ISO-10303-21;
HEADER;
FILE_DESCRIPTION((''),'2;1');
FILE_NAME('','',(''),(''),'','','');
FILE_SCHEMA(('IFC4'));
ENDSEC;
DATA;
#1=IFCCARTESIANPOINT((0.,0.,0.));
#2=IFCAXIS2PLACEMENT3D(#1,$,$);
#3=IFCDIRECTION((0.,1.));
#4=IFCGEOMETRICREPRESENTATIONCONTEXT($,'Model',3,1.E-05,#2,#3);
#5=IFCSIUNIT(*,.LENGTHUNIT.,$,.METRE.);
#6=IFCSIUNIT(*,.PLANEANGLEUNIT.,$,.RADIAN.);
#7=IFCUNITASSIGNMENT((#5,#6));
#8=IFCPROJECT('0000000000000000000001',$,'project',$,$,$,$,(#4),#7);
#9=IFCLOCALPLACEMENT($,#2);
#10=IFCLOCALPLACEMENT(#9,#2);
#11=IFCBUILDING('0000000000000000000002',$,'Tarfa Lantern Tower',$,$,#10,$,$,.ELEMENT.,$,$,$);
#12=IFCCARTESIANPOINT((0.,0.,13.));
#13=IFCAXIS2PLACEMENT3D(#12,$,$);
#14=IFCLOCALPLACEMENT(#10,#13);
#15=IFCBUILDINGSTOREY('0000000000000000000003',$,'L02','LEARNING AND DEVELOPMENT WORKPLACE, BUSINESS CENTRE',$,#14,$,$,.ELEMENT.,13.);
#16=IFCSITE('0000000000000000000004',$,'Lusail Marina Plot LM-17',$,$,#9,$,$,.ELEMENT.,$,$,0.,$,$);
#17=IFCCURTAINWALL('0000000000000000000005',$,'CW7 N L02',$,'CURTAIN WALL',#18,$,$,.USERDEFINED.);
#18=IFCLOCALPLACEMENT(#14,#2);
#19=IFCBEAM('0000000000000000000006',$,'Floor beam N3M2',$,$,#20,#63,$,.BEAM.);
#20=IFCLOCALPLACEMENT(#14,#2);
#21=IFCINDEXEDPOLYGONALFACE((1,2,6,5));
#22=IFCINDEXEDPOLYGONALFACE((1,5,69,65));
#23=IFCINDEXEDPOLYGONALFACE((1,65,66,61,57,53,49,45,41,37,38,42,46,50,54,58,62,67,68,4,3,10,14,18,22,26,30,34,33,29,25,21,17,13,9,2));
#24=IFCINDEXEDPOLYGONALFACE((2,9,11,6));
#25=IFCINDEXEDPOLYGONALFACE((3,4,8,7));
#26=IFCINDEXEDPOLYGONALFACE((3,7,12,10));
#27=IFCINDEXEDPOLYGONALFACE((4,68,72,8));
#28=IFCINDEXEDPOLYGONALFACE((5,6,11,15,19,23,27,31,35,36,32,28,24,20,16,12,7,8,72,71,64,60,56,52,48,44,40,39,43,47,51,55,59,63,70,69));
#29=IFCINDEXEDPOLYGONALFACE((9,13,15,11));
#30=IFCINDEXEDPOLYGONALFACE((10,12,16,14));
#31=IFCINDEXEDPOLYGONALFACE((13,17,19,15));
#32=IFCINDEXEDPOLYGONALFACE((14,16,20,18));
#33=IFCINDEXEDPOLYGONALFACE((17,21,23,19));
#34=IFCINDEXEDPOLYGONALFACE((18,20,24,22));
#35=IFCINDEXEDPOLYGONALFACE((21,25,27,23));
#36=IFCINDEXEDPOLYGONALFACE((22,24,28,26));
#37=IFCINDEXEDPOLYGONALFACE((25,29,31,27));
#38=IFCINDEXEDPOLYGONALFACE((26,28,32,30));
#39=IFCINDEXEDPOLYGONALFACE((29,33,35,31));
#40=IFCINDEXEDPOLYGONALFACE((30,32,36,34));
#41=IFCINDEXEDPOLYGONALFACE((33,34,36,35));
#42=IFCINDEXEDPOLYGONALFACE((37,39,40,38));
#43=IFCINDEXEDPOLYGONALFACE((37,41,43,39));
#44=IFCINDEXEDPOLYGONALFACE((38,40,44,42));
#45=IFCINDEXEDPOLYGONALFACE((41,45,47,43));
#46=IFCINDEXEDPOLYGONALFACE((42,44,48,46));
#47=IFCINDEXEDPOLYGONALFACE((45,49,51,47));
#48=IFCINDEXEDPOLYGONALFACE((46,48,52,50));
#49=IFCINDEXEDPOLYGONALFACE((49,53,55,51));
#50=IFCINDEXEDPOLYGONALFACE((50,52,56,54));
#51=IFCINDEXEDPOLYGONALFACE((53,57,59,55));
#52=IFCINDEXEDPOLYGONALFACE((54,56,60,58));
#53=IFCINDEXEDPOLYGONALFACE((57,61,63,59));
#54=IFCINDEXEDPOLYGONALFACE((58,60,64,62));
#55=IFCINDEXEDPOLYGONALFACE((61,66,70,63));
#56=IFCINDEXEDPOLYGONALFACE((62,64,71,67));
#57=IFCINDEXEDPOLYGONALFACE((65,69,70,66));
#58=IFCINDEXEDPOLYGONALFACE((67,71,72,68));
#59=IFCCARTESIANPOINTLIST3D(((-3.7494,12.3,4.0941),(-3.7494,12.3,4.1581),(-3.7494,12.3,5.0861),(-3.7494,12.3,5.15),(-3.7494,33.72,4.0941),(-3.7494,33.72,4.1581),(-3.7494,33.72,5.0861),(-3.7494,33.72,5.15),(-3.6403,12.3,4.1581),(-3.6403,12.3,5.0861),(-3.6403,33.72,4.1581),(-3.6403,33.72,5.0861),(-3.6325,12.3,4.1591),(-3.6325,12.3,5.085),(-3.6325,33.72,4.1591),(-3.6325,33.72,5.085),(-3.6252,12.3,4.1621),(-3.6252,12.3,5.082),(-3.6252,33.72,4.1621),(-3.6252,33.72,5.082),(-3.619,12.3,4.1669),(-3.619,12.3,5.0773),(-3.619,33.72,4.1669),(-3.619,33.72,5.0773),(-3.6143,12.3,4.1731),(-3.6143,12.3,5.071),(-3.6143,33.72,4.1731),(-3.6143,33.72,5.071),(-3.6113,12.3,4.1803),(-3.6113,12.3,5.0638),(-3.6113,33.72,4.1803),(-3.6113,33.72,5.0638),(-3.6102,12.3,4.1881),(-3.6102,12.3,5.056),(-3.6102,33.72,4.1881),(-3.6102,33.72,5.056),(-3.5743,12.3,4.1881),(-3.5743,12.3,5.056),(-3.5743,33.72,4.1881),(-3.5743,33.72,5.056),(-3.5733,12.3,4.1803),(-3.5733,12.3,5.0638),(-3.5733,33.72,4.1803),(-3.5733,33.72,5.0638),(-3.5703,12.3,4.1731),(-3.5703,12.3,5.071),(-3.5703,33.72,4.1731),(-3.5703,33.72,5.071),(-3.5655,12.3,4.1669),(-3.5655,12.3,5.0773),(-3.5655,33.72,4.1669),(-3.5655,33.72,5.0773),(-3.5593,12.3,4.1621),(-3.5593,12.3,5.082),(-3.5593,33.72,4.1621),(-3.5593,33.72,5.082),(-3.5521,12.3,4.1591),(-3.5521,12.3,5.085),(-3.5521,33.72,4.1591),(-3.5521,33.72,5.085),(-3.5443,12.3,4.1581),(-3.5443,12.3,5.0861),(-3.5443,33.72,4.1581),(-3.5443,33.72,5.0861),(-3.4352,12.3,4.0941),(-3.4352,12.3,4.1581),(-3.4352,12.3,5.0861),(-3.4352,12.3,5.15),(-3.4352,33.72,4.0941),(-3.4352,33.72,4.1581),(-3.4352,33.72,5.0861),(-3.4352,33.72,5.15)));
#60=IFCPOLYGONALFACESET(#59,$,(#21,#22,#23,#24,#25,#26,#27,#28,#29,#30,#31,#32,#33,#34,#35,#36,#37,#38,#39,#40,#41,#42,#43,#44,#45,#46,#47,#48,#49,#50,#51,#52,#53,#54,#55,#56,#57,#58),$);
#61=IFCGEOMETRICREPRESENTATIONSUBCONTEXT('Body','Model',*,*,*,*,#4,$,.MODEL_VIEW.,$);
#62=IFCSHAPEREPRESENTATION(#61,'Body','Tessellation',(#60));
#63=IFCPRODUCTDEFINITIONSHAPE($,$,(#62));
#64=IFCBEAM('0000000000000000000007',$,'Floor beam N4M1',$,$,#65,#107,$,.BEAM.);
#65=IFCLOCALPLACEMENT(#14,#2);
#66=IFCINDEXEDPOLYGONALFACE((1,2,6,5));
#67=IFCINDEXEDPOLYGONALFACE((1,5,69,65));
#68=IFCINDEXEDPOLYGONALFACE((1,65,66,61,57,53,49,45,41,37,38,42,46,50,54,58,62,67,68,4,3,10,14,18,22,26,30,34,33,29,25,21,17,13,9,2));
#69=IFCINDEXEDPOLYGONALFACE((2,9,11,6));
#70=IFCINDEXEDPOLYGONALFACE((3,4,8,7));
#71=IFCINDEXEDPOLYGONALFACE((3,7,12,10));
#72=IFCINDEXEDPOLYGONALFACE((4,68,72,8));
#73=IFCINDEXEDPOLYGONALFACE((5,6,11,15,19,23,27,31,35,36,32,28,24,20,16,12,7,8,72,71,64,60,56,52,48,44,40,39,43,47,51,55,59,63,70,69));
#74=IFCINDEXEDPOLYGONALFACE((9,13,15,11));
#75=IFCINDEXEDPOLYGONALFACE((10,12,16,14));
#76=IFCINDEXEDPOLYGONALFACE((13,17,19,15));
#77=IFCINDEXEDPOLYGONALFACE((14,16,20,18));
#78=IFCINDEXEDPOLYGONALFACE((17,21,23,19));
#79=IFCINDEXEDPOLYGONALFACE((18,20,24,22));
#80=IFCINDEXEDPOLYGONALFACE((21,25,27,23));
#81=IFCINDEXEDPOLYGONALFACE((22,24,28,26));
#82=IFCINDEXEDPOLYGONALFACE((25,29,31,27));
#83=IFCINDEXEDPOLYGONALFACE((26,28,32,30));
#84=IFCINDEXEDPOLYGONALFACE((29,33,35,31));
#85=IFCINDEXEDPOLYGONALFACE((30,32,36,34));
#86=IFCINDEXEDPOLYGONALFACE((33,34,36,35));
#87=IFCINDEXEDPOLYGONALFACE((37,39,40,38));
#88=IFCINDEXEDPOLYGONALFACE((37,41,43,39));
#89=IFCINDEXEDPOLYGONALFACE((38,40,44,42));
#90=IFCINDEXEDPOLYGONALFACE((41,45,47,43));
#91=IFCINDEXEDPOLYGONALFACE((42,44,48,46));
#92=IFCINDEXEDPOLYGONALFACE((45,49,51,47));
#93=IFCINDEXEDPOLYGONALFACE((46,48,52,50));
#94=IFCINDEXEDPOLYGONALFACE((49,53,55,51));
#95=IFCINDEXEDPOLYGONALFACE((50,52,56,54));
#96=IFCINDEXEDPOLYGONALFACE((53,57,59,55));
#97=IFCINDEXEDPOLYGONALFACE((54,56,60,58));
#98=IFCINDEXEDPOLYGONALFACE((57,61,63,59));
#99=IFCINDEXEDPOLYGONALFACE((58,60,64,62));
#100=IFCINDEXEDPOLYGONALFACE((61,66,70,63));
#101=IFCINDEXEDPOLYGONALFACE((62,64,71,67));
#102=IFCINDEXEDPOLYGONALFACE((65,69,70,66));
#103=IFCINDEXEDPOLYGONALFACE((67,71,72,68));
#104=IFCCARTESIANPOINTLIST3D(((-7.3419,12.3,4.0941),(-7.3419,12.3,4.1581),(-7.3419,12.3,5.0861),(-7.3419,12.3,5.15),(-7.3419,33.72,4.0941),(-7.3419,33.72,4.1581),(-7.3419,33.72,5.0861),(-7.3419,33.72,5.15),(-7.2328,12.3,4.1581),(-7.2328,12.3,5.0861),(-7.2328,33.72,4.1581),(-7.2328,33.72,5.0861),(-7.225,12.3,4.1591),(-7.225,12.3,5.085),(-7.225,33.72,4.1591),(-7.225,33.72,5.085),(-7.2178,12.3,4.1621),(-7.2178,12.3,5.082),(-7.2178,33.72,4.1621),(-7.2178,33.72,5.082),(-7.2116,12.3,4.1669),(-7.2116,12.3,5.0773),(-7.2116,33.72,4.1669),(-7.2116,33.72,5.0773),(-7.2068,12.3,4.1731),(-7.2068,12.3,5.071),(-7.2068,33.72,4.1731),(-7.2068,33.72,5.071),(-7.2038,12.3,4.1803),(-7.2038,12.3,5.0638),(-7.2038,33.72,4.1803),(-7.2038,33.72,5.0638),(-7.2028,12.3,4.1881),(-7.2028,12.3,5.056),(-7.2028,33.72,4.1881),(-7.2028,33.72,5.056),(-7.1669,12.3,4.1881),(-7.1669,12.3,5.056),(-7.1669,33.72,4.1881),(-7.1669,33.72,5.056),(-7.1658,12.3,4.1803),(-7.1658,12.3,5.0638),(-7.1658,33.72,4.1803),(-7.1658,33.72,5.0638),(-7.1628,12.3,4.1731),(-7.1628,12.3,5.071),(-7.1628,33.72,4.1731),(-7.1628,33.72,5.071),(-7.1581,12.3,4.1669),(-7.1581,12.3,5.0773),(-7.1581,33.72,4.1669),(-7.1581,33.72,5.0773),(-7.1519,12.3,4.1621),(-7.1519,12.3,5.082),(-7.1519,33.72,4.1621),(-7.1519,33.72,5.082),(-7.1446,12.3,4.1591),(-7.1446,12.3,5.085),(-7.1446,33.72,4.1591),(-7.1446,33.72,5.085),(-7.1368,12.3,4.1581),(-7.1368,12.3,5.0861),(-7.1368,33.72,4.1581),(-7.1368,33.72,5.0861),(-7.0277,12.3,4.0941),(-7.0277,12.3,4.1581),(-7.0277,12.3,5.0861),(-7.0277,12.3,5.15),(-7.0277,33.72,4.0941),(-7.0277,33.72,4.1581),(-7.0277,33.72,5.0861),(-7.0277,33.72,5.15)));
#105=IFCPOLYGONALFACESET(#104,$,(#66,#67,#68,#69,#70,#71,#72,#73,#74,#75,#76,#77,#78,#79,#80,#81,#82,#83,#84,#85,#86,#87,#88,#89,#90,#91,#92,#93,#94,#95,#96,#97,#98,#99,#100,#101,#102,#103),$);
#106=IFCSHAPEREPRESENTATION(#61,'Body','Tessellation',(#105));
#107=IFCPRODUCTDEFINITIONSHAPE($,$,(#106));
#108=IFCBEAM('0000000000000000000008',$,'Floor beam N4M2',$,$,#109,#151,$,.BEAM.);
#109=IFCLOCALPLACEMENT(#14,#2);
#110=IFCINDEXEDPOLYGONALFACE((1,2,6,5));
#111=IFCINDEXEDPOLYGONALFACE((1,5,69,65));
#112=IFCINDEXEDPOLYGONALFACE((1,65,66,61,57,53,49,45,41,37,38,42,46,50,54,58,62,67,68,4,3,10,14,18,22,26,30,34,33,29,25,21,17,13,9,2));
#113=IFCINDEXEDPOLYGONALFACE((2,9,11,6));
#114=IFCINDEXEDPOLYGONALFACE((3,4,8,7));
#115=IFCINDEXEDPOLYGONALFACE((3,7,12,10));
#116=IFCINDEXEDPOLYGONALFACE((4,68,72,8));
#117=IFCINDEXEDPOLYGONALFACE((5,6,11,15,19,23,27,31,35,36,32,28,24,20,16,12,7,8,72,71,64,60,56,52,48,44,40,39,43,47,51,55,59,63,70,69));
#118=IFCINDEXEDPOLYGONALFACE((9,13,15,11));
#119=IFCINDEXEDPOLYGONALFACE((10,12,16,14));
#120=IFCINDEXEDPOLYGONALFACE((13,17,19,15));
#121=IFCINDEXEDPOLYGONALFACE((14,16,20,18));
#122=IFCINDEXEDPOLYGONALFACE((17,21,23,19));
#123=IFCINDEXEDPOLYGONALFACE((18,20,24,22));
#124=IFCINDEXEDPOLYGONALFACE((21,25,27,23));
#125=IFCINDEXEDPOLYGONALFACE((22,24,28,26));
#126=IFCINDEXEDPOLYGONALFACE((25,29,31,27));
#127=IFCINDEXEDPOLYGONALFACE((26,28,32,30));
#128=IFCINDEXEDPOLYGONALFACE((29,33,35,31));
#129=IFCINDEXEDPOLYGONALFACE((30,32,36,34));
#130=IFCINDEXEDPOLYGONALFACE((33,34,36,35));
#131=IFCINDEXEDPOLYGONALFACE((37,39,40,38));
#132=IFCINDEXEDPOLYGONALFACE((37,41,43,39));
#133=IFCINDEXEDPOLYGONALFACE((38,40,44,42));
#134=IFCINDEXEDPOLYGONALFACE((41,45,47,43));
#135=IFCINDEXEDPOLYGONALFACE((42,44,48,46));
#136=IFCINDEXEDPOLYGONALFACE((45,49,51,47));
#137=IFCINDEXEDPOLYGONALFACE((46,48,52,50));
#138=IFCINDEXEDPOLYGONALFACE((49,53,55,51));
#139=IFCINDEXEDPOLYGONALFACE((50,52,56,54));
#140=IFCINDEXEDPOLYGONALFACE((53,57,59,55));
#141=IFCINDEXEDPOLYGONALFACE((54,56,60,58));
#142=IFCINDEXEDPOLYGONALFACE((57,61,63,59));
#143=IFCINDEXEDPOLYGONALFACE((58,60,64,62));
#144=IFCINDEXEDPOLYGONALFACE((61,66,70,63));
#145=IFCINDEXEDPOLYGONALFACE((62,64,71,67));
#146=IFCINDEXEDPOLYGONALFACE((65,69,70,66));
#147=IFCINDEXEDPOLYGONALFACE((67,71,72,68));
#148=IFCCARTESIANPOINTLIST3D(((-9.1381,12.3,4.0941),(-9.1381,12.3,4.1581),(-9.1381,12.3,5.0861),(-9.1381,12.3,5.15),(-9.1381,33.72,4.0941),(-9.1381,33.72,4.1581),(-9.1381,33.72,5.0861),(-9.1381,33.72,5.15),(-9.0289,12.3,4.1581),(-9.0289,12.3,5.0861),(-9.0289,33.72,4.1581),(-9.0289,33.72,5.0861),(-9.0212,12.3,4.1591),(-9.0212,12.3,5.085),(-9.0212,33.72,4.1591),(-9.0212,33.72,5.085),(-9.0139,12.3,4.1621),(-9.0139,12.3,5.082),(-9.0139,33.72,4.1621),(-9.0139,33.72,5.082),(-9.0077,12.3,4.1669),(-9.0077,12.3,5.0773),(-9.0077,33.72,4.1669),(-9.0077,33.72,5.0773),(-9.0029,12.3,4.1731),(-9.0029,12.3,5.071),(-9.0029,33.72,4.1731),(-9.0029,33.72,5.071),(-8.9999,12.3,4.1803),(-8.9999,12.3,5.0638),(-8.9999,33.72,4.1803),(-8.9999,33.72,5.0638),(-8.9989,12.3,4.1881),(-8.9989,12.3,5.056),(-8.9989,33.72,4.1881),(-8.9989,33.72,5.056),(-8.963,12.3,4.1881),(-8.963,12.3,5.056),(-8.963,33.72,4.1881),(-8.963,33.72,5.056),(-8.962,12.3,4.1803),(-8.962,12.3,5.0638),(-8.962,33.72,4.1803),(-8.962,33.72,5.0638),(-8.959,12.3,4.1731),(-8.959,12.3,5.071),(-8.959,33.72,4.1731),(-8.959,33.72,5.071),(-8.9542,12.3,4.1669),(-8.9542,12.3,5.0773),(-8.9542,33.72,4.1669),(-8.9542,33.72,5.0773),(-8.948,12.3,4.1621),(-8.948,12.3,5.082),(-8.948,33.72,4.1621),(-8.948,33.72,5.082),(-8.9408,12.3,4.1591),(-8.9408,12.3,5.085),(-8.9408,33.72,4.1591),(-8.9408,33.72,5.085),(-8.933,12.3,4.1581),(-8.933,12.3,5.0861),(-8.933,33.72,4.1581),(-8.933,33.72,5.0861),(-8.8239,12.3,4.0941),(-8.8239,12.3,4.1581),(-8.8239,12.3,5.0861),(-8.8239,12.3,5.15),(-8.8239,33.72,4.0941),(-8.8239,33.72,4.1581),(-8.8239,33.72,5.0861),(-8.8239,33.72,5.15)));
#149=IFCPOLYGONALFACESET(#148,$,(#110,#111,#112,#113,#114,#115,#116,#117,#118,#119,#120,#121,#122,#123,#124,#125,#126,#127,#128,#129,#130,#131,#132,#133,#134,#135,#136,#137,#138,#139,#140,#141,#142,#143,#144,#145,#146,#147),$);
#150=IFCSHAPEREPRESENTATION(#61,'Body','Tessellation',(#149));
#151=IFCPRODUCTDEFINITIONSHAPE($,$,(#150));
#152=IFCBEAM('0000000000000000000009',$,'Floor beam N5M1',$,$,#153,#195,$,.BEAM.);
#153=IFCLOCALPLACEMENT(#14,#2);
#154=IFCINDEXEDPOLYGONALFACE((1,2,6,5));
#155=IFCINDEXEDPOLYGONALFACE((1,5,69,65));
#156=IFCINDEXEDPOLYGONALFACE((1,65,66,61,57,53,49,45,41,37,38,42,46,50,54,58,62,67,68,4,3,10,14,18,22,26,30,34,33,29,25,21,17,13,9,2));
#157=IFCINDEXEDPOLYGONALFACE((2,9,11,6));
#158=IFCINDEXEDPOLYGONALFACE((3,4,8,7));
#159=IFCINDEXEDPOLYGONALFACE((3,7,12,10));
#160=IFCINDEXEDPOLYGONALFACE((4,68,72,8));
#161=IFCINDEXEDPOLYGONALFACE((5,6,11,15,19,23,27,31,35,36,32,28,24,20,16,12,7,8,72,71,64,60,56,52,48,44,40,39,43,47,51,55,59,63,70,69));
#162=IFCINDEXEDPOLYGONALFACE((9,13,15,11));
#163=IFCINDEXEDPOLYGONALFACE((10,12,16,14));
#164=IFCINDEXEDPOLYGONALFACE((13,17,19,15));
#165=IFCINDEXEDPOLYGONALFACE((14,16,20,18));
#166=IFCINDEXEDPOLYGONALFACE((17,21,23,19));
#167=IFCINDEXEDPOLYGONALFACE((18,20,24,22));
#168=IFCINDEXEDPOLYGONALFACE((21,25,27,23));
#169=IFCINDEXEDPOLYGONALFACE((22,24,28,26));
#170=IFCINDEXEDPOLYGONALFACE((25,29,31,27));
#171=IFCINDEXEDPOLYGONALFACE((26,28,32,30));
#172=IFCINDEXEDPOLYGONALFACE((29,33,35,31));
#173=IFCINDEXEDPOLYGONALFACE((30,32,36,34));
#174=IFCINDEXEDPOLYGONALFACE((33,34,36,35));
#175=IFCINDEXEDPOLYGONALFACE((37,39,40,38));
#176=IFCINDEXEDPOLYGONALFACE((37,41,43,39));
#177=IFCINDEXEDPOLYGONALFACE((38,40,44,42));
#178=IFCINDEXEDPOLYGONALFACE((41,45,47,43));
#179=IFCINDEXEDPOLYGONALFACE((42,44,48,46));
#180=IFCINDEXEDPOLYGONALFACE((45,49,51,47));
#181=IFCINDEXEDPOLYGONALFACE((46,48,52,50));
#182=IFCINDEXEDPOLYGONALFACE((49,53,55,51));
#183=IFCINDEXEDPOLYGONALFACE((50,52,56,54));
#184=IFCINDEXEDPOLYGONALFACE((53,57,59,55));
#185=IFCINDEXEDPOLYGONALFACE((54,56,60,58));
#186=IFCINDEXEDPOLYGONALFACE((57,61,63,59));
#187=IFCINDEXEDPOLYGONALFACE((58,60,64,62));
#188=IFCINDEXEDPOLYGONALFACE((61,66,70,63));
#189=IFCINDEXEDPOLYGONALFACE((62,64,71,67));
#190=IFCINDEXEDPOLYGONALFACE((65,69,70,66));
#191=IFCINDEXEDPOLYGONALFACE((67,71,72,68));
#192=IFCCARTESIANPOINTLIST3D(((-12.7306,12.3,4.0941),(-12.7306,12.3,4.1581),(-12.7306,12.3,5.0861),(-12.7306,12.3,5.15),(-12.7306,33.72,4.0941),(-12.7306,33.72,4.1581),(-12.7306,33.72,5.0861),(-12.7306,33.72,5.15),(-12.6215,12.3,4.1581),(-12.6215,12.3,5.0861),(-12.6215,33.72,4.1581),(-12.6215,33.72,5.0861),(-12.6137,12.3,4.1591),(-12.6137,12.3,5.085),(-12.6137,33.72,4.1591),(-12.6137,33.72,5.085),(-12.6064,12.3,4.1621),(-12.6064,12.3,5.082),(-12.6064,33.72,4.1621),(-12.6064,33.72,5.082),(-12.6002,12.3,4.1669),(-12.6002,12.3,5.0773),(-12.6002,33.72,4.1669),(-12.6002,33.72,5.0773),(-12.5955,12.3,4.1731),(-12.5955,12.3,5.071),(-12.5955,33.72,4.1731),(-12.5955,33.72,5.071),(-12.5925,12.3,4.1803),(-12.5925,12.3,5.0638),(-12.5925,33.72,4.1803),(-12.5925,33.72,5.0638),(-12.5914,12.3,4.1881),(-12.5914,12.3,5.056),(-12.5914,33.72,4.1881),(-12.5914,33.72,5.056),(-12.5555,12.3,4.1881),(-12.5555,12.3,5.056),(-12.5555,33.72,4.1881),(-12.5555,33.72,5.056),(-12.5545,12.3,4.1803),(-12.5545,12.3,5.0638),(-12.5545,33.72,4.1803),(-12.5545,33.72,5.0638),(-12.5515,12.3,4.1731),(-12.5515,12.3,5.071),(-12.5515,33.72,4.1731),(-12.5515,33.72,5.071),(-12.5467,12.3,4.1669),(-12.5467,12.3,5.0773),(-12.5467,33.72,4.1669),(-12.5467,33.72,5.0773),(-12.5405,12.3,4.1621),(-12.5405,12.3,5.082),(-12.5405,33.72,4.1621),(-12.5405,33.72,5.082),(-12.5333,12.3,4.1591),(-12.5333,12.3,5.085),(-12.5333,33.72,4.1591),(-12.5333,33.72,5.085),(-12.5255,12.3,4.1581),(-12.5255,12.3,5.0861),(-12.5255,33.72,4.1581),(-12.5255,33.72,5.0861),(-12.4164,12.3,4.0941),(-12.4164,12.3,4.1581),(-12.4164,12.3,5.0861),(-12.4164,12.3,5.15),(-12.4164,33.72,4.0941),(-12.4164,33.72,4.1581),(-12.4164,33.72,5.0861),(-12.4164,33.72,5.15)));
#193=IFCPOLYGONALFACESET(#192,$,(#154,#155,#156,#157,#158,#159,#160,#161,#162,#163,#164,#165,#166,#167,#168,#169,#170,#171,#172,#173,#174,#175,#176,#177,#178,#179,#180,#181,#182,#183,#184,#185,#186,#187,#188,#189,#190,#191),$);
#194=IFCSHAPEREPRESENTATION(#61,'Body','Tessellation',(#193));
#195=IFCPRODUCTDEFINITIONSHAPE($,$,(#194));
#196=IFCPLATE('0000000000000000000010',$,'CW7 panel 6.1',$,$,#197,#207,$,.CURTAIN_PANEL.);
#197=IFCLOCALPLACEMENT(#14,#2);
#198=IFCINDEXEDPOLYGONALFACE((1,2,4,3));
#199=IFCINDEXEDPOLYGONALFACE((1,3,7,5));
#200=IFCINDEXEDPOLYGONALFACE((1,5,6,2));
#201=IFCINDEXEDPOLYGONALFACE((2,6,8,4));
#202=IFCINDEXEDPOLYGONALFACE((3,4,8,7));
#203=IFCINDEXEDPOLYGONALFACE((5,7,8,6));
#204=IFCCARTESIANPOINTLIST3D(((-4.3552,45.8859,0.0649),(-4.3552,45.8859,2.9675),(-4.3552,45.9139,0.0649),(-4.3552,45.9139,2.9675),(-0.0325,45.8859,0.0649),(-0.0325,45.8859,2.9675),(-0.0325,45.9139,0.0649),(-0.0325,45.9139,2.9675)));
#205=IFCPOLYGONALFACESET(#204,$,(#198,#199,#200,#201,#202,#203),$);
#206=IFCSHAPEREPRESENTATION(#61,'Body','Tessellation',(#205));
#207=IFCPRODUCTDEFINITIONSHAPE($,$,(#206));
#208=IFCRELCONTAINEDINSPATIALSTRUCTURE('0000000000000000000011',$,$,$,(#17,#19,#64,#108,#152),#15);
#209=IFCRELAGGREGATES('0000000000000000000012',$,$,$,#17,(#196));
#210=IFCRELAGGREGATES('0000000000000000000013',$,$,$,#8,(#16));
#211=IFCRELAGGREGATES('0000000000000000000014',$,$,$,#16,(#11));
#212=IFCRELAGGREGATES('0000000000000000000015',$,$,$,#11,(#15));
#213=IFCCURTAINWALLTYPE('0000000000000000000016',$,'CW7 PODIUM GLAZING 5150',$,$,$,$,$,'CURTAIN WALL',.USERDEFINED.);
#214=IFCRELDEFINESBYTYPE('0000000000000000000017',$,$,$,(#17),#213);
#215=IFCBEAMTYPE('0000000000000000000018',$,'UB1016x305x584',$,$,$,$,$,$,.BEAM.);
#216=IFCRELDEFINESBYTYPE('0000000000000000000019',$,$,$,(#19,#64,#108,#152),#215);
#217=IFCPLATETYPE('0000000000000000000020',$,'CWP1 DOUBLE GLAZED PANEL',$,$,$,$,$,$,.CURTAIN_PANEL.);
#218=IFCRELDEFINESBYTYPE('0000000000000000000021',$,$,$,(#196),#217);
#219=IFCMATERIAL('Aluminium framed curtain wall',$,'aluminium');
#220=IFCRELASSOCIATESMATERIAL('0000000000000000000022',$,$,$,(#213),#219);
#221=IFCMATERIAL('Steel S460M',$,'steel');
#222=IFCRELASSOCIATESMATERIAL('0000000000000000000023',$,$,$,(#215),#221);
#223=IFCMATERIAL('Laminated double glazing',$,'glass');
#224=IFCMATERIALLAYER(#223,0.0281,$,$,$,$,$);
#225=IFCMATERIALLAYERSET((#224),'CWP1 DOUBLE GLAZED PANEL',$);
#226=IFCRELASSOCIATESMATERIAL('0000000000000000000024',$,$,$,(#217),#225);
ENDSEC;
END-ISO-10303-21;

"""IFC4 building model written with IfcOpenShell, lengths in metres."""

from ifc_helpers import new_model, si_unit, direction, frame, origin, origin_2d, place, context, subcontext, project, spatial, rectangle, i_section, extrude, material, layer, layer_set, material_profile, profile_set, type_object, element, aggregate, save


model = new_model("IFC4")

# Units and contexts
model_context = context("Model", 3, precision=1e-05, world=origin(), true_north=direction((0.0, 1.0)))
body_context = subcontext(model_context, "Body", "Model", "MODEL_VIEW")
ifc_project = project(units=[si_unit("LENGTHUNIT", "METRE"), si_unit("PLANEANGLEUNIT", "RADIAN")], contexts=[model_context])

# Site, building, storey
site_placement = place(None, origin())
site = spatial("IfcSite", under=ifc_project, at=site_placement, Name="Lusail Marina Plot LM-17", CompositionType="ELEMENT", RefElevation=0.0)
building_placement = place(site_placement, origin())
building = spatial("IfcBuilding", under=site, at=building_placement, Name="Tarfa Lantern Tower", CompositionType="ELEMENT")
storey_placement = place(building_placement, frame((0.0, 0.0, 13.0)))
storey = spatial("IfcBuildingStorey", under=building, at=storey_placement, Name="L02", Description="LEARNING AND DEVELOPMENT WORKPLACE, BUSINESS CENTRE", CompositionType="ELEMENT", Elevation=13.0)

# Curtain wall
ifc_material_1 = material(Name="Aluminium framed curtain wall", Category="aluminium")
curtain_wall_type = type_object("IfcCurtainWallType", Name="CW7 PODIUM GLAZING 5150", ElementType="CURTAIN WALL", PredefinedType="USERDEFINED", material=ifc_material_1)
curtain_wall_placement = place(storey_placement, origin())
curtain_wall = element("IfcCurtainWall", 1, at=curtain_wall_placement, inside=storey, type_object=curtain_wall_type, Name="CW7 N L02", ObjectType="CURTAIN WALL", PredefinedType="USERDEFINED")

# Beams
ifc_material_2 = material(Name="Steel S460M", Category="steel")
ifc_material_profile_1 = material_profile(ifc_material_2, i_section(OverallWidth=0.3142, OverallDepth=1.0559, WebThickness=0.0359, FlangeThickness=0.064, FilletRadius=0.03, at=origin_2d()), Name="UB1016x305x584")
ifc_profile_set_1 = profile_set([ifc_material_profile_1], Name="Steel S460M")
beam_type_1 = type_object("IfcBeamType", Name="UB1016x305x584", PredefinedType="BEAM", material=ifc_profile_set_1)
for number, where, z_axis, x_axis, name in (
    (2, (-3.5923, 33.72, 4.6221), (0.0, -1.0, 0.0), (1.0, 0.0, 0.0), "Floor beam N3M2"),
    (3, (-7.1848, 33.72, 4.6221), (0.0, -1.0, 0.0), (1.0, 0.0, 0.0), "Floor beam N4M1"),
    (4, (-8.981, 33.72, 4.6221), (0.0, -1.0, 0.0), (1.0, 0.0, 0.0), "Floor beam N4M2"),
    (5, (-12.5735, 33.72, 4.6221), (0.0, -1.0, 0.0), (1.0, 0.0, 0.0), "Floor beam N5M1"),
):
    element("IfcBeam", number, at=place(storey_placement, frame(where, z_axis=z_axis, x_axis=x_axis)), inside=storey, type_object=beam_type_1, Name=name, PredefinedType="BEAM", context=body_context, shape_type="SweptSolid", body=[
        extrude(i_section(OverallWidth=0.3142, OverallDepth=1.0559, WebThickness=0.0359, FlangeThickness=0.064, FilletRadius=0.03, at=origin_2d()), origin(), (0.0, 0.0, 1.0), 21.4199),
    ])

# Plate
ifc_material_3 = material(Name="Laminated double glazing", Category="glass")
ifc_layer_1 = layer(ifc_material_3, 0.0281)
ifc_layer_set_1 = layer_set([ifc_layer_1], Name="CWP1 DOUBLE GLAZED PANEL")
plate_type = type_object("IfcPlateType", Name="CWP1 DOUBLE GLAZED PANEL", PredefinedType="CURTAIN_PANEL", material=ifc_layer_set_1)
plate_1_placement = place(storey_placement, frame((-2.1938, 45.8999, 0.0649), z_axis=(0.0, 0.0, 1.0), x_axis=(-1.0, 0.0, 0.0)))
plate_1 = element("IfcPlate", 6, at=plate_1_placement, type_object=plate_type, Name="CW7 panel 6.1", PredefinedType="CURTAIN_PANEL", context=body_context, shape_type="SweptSolid", body=[
    extrude(rectangle(XDim=4.3228, YDim=0.0281, at=origin_2d()), origin(), (0.0, 0.0, 1.0), 2.9026),
])
aggregate(curtain_wall, [plate_1])

save(model, "model.ifc")
